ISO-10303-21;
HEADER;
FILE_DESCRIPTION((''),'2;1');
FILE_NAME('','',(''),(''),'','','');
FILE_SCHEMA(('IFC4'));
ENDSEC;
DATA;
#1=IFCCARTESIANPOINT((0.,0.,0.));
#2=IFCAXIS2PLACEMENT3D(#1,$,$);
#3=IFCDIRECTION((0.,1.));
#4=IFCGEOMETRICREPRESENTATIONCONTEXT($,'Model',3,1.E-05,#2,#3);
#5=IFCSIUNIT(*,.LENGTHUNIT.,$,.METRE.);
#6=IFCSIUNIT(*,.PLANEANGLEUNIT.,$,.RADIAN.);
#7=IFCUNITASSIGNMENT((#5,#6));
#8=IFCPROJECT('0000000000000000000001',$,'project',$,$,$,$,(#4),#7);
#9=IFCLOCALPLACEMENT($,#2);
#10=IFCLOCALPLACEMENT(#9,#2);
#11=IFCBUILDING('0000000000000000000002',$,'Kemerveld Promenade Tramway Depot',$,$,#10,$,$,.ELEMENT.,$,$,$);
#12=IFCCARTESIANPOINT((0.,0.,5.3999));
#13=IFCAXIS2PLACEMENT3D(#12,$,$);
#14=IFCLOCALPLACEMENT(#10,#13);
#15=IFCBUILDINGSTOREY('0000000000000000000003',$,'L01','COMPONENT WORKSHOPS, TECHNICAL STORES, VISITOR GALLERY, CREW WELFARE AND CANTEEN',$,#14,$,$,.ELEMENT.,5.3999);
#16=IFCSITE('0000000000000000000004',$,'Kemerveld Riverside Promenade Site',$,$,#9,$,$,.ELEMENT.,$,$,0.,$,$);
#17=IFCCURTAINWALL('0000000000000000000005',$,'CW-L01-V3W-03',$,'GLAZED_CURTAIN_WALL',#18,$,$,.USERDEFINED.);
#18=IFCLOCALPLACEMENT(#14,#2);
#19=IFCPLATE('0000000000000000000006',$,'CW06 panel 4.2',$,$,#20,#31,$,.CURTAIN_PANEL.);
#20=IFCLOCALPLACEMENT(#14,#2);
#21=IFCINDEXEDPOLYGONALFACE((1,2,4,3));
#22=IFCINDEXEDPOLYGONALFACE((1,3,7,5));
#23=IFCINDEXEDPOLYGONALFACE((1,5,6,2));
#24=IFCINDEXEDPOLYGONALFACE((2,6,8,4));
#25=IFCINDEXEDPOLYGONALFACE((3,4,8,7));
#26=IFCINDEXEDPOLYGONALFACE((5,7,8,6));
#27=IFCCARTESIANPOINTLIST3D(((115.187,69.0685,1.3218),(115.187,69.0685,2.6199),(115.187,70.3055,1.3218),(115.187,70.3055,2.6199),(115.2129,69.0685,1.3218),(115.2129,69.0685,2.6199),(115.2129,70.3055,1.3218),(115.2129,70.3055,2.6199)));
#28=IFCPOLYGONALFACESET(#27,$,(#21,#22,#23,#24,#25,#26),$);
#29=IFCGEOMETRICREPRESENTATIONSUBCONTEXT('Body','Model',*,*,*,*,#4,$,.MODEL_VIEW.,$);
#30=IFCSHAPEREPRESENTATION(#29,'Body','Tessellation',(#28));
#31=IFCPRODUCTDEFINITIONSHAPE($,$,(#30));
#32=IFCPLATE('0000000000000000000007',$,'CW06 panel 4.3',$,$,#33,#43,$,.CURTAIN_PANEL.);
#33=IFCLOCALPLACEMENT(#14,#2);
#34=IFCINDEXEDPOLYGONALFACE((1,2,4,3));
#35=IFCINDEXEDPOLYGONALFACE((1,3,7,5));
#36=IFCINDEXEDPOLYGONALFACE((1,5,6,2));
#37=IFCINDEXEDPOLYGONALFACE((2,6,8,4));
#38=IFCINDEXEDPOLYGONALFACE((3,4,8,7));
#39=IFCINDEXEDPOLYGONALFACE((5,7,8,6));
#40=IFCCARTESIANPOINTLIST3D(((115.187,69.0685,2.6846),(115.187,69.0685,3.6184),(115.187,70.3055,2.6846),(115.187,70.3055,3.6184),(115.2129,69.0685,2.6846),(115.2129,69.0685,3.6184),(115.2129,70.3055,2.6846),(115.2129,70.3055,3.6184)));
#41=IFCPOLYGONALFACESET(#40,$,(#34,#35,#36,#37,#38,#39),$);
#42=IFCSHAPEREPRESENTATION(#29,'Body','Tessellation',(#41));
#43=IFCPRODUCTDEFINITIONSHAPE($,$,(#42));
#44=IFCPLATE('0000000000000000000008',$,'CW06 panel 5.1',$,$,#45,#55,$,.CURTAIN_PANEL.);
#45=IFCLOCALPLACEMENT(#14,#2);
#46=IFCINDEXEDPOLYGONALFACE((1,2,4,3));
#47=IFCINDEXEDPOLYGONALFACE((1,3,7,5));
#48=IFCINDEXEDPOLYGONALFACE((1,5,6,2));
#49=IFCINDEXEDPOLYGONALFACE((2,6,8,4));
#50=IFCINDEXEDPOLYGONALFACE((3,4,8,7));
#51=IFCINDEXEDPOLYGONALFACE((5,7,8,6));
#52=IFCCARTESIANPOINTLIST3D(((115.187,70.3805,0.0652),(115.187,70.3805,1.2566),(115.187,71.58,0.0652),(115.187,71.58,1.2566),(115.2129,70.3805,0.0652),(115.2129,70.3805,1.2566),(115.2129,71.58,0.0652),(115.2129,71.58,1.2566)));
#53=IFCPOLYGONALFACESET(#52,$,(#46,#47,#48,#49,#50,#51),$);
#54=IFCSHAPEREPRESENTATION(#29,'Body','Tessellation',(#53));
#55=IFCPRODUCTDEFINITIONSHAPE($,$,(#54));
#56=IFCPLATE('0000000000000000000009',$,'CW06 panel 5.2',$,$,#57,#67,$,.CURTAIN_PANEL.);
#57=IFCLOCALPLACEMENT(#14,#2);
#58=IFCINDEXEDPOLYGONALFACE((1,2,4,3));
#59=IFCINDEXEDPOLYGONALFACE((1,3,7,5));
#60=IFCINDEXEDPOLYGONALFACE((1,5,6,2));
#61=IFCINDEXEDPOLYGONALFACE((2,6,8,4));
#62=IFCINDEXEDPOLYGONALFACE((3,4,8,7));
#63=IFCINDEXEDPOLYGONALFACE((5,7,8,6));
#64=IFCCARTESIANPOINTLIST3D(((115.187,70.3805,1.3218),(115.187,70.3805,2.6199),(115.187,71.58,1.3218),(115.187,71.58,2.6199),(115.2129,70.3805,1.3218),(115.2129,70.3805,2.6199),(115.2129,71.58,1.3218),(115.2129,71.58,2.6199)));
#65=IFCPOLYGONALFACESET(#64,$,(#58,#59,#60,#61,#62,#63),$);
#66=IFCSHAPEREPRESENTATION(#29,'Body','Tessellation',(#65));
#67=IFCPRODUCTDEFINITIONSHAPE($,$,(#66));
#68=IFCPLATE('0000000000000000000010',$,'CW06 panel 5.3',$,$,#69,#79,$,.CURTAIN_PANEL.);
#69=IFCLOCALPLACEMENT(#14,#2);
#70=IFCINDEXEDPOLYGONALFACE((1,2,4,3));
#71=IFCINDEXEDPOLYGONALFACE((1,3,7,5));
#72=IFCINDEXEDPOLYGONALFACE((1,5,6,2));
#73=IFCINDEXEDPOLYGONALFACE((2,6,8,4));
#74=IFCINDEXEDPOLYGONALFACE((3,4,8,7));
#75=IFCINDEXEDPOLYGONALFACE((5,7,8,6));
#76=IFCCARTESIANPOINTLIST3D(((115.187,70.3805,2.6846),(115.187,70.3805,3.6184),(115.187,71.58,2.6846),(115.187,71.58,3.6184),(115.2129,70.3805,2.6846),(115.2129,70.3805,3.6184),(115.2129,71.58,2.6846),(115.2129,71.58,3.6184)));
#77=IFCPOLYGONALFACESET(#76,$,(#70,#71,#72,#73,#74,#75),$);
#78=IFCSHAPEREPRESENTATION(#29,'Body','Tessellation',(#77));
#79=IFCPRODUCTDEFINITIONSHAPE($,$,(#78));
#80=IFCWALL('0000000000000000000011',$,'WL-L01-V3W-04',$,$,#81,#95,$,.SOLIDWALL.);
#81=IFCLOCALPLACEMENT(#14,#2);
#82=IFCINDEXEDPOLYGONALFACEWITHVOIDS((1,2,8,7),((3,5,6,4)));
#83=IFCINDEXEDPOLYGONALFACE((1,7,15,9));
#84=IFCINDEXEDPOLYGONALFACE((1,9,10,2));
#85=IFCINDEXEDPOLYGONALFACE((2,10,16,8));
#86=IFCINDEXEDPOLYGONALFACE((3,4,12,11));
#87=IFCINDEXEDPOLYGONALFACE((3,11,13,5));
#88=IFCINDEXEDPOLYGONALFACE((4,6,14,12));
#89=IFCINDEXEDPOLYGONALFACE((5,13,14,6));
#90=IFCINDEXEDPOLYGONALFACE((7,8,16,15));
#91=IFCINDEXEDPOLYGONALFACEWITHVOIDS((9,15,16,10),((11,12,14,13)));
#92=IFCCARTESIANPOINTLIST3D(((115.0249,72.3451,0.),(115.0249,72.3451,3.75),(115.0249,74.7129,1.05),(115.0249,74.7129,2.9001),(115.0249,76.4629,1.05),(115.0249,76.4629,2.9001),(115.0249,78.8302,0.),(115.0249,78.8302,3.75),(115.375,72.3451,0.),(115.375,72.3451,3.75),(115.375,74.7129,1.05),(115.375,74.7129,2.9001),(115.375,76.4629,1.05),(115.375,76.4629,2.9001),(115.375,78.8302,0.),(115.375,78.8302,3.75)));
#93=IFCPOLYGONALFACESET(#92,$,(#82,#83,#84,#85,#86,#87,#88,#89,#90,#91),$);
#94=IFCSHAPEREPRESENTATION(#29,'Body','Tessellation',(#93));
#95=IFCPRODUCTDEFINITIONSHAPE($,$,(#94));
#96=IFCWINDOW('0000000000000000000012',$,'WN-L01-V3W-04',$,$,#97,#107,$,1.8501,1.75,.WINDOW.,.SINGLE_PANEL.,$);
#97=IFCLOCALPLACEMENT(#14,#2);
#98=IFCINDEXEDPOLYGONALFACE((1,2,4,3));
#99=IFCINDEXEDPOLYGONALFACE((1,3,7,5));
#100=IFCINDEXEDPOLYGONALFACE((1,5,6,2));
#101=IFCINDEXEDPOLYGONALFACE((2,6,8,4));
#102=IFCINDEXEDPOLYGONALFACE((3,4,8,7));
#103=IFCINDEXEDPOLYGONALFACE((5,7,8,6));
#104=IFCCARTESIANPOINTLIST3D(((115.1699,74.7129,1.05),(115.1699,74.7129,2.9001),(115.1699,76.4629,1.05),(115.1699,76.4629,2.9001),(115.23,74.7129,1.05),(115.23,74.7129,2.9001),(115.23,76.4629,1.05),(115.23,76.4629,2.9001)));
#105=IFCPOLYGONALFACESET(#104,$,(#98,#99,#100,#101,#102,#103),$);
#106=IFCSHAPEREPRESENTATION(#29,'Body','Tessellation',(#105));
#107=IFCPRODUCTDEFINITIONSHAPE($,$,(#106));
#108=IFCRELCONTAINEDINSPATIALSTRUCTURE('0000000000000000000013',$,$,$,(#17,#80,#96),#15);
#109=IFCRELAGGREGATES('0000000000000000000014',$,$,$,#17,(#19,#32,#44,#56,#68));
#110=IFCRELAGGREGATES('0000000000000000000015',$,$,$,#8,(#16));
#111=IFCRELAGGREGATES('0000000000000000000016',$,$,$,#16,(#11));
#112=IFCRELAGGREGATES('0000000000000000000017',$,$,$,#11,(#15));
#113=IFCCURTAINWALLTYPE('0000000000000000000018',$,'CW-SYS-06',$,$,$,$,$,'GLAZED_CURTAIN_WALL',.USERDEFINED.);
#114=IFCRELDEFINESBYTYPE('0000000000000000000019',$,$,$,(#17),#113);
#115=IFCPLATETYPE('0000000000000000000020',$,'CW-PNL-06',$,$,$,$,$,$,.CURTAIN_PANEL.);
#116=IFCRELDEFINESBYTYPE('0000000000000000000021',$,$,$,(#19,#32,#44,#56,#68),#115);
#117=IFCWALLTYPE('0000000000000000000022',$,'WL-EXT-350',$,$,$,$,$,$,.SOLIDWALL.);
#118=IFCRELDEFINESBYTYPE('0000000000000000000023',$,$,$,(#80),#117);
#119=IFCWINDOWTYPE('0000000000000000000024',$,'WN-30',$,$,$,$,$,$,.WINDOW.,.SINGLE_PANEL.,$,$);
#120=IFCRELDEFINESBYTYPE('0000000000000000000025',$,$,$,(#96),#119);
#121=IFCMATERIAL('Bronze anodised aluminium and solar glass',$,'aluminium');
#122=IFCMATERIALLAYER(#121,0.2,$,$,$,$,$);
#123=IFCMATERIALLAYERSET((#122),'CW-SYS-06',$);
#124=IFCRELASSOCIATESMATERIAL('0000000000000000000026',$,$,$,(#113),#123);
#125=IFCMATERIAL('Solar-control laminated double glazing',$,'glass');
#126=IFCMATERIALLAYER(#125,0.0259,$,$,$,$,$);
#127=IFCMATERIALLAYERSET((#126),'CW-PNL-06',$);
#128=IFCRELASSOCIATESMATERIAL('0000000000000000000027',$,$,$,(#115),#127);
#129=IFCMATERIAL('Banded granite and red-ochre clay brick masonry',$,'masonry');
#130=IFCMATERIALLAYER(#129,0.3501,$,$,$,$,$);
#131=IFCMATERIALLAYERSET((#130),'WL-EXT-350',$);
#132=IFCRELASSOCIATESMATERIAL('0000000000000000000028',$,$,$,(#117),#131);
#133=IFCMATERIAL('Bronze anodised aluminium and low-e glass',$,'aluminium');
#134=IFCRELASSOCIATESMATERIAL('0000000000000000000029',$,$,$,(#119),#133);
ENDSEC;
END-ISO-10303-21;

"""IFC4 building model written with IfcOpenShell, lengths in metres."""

from ifc_helpers import new_model, si_unit, direction, frame, frame_2d, origin, origin_2d, place, context, subcontext, project, spatial, rectangle, extrude, material, layer, layer_set, type_object, element, fill, aggregate, save


model = new_model("IFC4")

# Units and contexts
model_context = context("Model", 3, precision=1e-05, world=origin(), true_north=direction((0.0, 1.0)))
body_context = subcontext(model_context, "Body", "Model", "MODEL_VIEW")
ifc_project = project(units=[si_unit("LENGTHUNIT", "METRE"), si_unit("PLANEANGLEUNIT", "RADIAN")], contexts=[model_context])

# Site, building, storey
site_placement = place(None, origin())
site = spatial("IfcSite", under=ifc_project, at=site_placement, Name="Kemerveld Riverside Promenade Site", CompositionType="ELEMENT", RefElevation=0.0)
building_placement = place(site_placement, origin())
building = spatial("IfcBuilding", under=site, at=building_placement, Name="Kemerveld Promenade Tramway Depot", CompositionType="ELEMENT")
storey_placement = place(building_placement, frame((0.0, 0.0, 5.3999)))
storey = spatial("IfcBuildingStorey", under=building, at=storey_placement, Name="L01", Description="COMPONENT WORKSHOPS, TECHNICAL STORES, VISITOR GALLERY, CREW WELFARE AND CANTEEN", CompositionType="ELEMENT", Elevation=5.3999)

# Curtain wall
ifc_material_1 = material(Name="Bronze anodised aluminium and solar glass", Category="aluminium")
ifc_layer_1 = layer(ifc_material_1, 0.2)
ifc_layer_set_1 = layer_set([ifc_layer_1], Name="CW-SYS-06")
curtain_wall_type_1 = type_object("IfcCurtainWallType", Name="CW-SYS-06", ElementType="GLAZED_CURTAIN_WALL", PredefinedType="USERDEFINED", material=ifc_layer_set_1)
curtain_wall_1_placement = place(storey_placement, origin())
curtain_wall_1 = element("IfcCurtainWall", 1, at=curtain_wall_1_placement, inside=storey, type_object=curtain_wall_type_1, Name="CW-L01-V3W-03", ObjectType="GLAZED_CURTAIN_WALL", PredefinedType="USERDEFINED")

# Plates
ifc_material_2 = material(Name="Solar-control laminated double glazing", Category="glass")
ifc_layer_2 = layer(ifc_material_2, 0.0259)
ifc_layer_set_2 = layer_set([ifc_layer_2], Name="CW-PNL-06")
plate_type_1 = type_object("IfcPlateType", Name="CW-PNL-06", PredefinedType="CURTAIN_PANEL", material=ifc_layer_set_2)
plate_1_placement = place(storey_placement, frame((115.2, 69.687, 1.3218), z_axis=(0.0, 0.0, 1.0), x_axis=(0.0, 1.0, 0.0)))
plate_1 = element("IfcPlate", 2, at=plate_1_placement, type_object=plate_type_1, Name="CW06 panel 4.2", PredefinedType="CURTAIN_PANEL", context=body_context, shape_type="SweptSolid", body=[
    extrude(rectangle(XDim=1.2371, YDim=0.0259, at=origin_2d()), origin(), (0.0, 0.0, 1.0), 1.2981),
])
plate_2_placement = place(storey_placement, frame((115.2, 69.687, 2.6846), z_axis=(0.0, 0.0, 1.0), x_axis=(0.0, 1.0, 0.0)))
plate_2 = element("IfcPlate", 3, at=plate_2_placement, type_object=plate_type_1, Name="CW06 panel 4.3", PredefinedType="CURTAIN_PANEL", context=body_context, shape_type="SweptSolid", body=[
    extrude(rectangle(XDim=1.2371, YDim=0.0259, at=origin_2d()), origin(), (0.0, 0.0, 1.0), 0.9338),
])
plate_3_placement = place(storey_placement, frame((115.2, 70.9802, 0.0652), z_axis=(0.0, 0.0, 1.0), x_axis=(0.0, 1.0, 0.0)))
plate_3 = element("IfcPlate", 4, at=plate_3_placement, type_object=plate_type_1, Name="CW06 panel 5.1", PredefinedType="CURTAIN_PANEL", context=body_context, shape_type="SweptSolid", body=[
    extrude(rectangle(XDim=1.1995, YDim=0.0259, at=origin_2d()), origin(), (0.0, 0.0, 1.0), 1.1914),
])
plate_4_placement = place(storey_placement, frame((115.2, 70.9802, 1.3218), z_axis=(0.0, 0.0, 1.0), x_axis=(0.0, 1.0, 0.0)))
plate_4 = element("IfcPlate", 5, at=plate_4_placement, type_object=plate_type_1, Name="CW06 panel 5.2", PredefinedType="CURTAIN_PANEL", context=body_context, shape_type="SweptSolid", body=[
    extrude(rectangle(XDim=1.1995, YDim=0.0259, at=origin_2d()), origin(), (0.0, 0.0, 1.0), 1.2981),
])
plate_5_placement = place(storey_placement, frame((115.2, 70.9802, 2.6846), z_axis=(0.0, 0.0, 1.0), x_axis=(0.0, 1.0, 0.0)))
plate_5 = element("IfcPlate", 6, at=plate_5_placement, type_object=plate_type_1, Name="CW06 panel 5.3", PredefinedType="CURTAIN_PANEL", context=body_context, shape_type="SweptSolid", body=[
    extrude(rectangle(XDim=1.1995, YDim=0.0259, at=origin_2d()), origin(), (0.0, 0.0, 1.0), 0.9338),
])
aggregate(curtain_wall_1, [plate_1, plate_2, plate_3, plate_4, plate_5])

# Wall, opening, window
ifc_material_3 = material(Name="Banded granite and red-ochre clay brick masonry", Category="masonry")
ifc_layer_3 = layer(ifc_material_3, 0.3501)
ifc_layer_set_3 = layer_set([ifc_layer_3], Name="WL-EXT-350")
wall_type = type_object("IfcWallType", Name="WL-EXT-350", PredefinedType="SOLIDWALL", material=ifc_layer_set_3)
wall_placement = place(storey_placement, frame((115.2, 72.345, 0.0), z_axis=(0.0, 0.0, 1.0), x_axis=(0.0, 1.0, 0.0)))
wall = element("IfcWall", 7, at=wall_placement, inside=storey, type_object=wall_type, Name="WL-L01-V3W-04", PredefinedType="SOLIDWALL", context=body_context, shape_type="SweptSolid", body=[
    extrude(rectangle(XDim=6.4851, YDim=0.3501, at=frame_2d((3.2427, 0.0))), origin(), (0.0, 0.0, 1.0), 3.75),
])
opening_placement = place(wall_placement, frame((2.3679, 0.0, 1.05)))
opening = element("IfcOpeningElement", 8, at=opening_placement, cuts=wall, PredefinedType="OPENING", context=body_context, shape_type="SweptSolid", body=[
    extrude(rectangle(XDim=1.75, YDim=1.8501, at=frame_2d((0.875, 0.925))), frame((0.0, 0.1851, 0.0), z_axis=(0.0, -1.0, 0.0), x_axis=(1.0, 0.0, 0.0)), (0.0, 0.0, 1.0), 0.3701),
])
ifc_material_4 = material(Name="Bronze anodised aluminium and low-e glass", Category="aluminium")
window_type = type_object("IfcWindowType", Name="WN-30", PartitioningType="SINGLE_PANEL", PredefinedType="WINDOW", material=ifc_material_4)
window_placement = place(opening_placement, origin())
window = element("IfcWindow", 9, at=window_placement, inside=storey, type_object=window_type, Name="WN-L01-V3W-04", OverallHeight=1.8501, OverallWidth=1.75, PartitioningType="SINGLE_PANEL", PredefinedType="WINDOW", context=body_context, shape_type="SweptSolid", body=[
    extrude(rectangle(XDim=1.75, YDim=1.8501, at=frame_2d((0.875, 0.925))), frame((0.0, 0.03, 0.0), z_axis=(0.0, -1.0, 0.0), x_axis=(1.0, 0.0, 0.0)), (0.0, 0.0, 1.0), 0.0601),
])
fill(opening, window)

save(model, "model.ifc")
